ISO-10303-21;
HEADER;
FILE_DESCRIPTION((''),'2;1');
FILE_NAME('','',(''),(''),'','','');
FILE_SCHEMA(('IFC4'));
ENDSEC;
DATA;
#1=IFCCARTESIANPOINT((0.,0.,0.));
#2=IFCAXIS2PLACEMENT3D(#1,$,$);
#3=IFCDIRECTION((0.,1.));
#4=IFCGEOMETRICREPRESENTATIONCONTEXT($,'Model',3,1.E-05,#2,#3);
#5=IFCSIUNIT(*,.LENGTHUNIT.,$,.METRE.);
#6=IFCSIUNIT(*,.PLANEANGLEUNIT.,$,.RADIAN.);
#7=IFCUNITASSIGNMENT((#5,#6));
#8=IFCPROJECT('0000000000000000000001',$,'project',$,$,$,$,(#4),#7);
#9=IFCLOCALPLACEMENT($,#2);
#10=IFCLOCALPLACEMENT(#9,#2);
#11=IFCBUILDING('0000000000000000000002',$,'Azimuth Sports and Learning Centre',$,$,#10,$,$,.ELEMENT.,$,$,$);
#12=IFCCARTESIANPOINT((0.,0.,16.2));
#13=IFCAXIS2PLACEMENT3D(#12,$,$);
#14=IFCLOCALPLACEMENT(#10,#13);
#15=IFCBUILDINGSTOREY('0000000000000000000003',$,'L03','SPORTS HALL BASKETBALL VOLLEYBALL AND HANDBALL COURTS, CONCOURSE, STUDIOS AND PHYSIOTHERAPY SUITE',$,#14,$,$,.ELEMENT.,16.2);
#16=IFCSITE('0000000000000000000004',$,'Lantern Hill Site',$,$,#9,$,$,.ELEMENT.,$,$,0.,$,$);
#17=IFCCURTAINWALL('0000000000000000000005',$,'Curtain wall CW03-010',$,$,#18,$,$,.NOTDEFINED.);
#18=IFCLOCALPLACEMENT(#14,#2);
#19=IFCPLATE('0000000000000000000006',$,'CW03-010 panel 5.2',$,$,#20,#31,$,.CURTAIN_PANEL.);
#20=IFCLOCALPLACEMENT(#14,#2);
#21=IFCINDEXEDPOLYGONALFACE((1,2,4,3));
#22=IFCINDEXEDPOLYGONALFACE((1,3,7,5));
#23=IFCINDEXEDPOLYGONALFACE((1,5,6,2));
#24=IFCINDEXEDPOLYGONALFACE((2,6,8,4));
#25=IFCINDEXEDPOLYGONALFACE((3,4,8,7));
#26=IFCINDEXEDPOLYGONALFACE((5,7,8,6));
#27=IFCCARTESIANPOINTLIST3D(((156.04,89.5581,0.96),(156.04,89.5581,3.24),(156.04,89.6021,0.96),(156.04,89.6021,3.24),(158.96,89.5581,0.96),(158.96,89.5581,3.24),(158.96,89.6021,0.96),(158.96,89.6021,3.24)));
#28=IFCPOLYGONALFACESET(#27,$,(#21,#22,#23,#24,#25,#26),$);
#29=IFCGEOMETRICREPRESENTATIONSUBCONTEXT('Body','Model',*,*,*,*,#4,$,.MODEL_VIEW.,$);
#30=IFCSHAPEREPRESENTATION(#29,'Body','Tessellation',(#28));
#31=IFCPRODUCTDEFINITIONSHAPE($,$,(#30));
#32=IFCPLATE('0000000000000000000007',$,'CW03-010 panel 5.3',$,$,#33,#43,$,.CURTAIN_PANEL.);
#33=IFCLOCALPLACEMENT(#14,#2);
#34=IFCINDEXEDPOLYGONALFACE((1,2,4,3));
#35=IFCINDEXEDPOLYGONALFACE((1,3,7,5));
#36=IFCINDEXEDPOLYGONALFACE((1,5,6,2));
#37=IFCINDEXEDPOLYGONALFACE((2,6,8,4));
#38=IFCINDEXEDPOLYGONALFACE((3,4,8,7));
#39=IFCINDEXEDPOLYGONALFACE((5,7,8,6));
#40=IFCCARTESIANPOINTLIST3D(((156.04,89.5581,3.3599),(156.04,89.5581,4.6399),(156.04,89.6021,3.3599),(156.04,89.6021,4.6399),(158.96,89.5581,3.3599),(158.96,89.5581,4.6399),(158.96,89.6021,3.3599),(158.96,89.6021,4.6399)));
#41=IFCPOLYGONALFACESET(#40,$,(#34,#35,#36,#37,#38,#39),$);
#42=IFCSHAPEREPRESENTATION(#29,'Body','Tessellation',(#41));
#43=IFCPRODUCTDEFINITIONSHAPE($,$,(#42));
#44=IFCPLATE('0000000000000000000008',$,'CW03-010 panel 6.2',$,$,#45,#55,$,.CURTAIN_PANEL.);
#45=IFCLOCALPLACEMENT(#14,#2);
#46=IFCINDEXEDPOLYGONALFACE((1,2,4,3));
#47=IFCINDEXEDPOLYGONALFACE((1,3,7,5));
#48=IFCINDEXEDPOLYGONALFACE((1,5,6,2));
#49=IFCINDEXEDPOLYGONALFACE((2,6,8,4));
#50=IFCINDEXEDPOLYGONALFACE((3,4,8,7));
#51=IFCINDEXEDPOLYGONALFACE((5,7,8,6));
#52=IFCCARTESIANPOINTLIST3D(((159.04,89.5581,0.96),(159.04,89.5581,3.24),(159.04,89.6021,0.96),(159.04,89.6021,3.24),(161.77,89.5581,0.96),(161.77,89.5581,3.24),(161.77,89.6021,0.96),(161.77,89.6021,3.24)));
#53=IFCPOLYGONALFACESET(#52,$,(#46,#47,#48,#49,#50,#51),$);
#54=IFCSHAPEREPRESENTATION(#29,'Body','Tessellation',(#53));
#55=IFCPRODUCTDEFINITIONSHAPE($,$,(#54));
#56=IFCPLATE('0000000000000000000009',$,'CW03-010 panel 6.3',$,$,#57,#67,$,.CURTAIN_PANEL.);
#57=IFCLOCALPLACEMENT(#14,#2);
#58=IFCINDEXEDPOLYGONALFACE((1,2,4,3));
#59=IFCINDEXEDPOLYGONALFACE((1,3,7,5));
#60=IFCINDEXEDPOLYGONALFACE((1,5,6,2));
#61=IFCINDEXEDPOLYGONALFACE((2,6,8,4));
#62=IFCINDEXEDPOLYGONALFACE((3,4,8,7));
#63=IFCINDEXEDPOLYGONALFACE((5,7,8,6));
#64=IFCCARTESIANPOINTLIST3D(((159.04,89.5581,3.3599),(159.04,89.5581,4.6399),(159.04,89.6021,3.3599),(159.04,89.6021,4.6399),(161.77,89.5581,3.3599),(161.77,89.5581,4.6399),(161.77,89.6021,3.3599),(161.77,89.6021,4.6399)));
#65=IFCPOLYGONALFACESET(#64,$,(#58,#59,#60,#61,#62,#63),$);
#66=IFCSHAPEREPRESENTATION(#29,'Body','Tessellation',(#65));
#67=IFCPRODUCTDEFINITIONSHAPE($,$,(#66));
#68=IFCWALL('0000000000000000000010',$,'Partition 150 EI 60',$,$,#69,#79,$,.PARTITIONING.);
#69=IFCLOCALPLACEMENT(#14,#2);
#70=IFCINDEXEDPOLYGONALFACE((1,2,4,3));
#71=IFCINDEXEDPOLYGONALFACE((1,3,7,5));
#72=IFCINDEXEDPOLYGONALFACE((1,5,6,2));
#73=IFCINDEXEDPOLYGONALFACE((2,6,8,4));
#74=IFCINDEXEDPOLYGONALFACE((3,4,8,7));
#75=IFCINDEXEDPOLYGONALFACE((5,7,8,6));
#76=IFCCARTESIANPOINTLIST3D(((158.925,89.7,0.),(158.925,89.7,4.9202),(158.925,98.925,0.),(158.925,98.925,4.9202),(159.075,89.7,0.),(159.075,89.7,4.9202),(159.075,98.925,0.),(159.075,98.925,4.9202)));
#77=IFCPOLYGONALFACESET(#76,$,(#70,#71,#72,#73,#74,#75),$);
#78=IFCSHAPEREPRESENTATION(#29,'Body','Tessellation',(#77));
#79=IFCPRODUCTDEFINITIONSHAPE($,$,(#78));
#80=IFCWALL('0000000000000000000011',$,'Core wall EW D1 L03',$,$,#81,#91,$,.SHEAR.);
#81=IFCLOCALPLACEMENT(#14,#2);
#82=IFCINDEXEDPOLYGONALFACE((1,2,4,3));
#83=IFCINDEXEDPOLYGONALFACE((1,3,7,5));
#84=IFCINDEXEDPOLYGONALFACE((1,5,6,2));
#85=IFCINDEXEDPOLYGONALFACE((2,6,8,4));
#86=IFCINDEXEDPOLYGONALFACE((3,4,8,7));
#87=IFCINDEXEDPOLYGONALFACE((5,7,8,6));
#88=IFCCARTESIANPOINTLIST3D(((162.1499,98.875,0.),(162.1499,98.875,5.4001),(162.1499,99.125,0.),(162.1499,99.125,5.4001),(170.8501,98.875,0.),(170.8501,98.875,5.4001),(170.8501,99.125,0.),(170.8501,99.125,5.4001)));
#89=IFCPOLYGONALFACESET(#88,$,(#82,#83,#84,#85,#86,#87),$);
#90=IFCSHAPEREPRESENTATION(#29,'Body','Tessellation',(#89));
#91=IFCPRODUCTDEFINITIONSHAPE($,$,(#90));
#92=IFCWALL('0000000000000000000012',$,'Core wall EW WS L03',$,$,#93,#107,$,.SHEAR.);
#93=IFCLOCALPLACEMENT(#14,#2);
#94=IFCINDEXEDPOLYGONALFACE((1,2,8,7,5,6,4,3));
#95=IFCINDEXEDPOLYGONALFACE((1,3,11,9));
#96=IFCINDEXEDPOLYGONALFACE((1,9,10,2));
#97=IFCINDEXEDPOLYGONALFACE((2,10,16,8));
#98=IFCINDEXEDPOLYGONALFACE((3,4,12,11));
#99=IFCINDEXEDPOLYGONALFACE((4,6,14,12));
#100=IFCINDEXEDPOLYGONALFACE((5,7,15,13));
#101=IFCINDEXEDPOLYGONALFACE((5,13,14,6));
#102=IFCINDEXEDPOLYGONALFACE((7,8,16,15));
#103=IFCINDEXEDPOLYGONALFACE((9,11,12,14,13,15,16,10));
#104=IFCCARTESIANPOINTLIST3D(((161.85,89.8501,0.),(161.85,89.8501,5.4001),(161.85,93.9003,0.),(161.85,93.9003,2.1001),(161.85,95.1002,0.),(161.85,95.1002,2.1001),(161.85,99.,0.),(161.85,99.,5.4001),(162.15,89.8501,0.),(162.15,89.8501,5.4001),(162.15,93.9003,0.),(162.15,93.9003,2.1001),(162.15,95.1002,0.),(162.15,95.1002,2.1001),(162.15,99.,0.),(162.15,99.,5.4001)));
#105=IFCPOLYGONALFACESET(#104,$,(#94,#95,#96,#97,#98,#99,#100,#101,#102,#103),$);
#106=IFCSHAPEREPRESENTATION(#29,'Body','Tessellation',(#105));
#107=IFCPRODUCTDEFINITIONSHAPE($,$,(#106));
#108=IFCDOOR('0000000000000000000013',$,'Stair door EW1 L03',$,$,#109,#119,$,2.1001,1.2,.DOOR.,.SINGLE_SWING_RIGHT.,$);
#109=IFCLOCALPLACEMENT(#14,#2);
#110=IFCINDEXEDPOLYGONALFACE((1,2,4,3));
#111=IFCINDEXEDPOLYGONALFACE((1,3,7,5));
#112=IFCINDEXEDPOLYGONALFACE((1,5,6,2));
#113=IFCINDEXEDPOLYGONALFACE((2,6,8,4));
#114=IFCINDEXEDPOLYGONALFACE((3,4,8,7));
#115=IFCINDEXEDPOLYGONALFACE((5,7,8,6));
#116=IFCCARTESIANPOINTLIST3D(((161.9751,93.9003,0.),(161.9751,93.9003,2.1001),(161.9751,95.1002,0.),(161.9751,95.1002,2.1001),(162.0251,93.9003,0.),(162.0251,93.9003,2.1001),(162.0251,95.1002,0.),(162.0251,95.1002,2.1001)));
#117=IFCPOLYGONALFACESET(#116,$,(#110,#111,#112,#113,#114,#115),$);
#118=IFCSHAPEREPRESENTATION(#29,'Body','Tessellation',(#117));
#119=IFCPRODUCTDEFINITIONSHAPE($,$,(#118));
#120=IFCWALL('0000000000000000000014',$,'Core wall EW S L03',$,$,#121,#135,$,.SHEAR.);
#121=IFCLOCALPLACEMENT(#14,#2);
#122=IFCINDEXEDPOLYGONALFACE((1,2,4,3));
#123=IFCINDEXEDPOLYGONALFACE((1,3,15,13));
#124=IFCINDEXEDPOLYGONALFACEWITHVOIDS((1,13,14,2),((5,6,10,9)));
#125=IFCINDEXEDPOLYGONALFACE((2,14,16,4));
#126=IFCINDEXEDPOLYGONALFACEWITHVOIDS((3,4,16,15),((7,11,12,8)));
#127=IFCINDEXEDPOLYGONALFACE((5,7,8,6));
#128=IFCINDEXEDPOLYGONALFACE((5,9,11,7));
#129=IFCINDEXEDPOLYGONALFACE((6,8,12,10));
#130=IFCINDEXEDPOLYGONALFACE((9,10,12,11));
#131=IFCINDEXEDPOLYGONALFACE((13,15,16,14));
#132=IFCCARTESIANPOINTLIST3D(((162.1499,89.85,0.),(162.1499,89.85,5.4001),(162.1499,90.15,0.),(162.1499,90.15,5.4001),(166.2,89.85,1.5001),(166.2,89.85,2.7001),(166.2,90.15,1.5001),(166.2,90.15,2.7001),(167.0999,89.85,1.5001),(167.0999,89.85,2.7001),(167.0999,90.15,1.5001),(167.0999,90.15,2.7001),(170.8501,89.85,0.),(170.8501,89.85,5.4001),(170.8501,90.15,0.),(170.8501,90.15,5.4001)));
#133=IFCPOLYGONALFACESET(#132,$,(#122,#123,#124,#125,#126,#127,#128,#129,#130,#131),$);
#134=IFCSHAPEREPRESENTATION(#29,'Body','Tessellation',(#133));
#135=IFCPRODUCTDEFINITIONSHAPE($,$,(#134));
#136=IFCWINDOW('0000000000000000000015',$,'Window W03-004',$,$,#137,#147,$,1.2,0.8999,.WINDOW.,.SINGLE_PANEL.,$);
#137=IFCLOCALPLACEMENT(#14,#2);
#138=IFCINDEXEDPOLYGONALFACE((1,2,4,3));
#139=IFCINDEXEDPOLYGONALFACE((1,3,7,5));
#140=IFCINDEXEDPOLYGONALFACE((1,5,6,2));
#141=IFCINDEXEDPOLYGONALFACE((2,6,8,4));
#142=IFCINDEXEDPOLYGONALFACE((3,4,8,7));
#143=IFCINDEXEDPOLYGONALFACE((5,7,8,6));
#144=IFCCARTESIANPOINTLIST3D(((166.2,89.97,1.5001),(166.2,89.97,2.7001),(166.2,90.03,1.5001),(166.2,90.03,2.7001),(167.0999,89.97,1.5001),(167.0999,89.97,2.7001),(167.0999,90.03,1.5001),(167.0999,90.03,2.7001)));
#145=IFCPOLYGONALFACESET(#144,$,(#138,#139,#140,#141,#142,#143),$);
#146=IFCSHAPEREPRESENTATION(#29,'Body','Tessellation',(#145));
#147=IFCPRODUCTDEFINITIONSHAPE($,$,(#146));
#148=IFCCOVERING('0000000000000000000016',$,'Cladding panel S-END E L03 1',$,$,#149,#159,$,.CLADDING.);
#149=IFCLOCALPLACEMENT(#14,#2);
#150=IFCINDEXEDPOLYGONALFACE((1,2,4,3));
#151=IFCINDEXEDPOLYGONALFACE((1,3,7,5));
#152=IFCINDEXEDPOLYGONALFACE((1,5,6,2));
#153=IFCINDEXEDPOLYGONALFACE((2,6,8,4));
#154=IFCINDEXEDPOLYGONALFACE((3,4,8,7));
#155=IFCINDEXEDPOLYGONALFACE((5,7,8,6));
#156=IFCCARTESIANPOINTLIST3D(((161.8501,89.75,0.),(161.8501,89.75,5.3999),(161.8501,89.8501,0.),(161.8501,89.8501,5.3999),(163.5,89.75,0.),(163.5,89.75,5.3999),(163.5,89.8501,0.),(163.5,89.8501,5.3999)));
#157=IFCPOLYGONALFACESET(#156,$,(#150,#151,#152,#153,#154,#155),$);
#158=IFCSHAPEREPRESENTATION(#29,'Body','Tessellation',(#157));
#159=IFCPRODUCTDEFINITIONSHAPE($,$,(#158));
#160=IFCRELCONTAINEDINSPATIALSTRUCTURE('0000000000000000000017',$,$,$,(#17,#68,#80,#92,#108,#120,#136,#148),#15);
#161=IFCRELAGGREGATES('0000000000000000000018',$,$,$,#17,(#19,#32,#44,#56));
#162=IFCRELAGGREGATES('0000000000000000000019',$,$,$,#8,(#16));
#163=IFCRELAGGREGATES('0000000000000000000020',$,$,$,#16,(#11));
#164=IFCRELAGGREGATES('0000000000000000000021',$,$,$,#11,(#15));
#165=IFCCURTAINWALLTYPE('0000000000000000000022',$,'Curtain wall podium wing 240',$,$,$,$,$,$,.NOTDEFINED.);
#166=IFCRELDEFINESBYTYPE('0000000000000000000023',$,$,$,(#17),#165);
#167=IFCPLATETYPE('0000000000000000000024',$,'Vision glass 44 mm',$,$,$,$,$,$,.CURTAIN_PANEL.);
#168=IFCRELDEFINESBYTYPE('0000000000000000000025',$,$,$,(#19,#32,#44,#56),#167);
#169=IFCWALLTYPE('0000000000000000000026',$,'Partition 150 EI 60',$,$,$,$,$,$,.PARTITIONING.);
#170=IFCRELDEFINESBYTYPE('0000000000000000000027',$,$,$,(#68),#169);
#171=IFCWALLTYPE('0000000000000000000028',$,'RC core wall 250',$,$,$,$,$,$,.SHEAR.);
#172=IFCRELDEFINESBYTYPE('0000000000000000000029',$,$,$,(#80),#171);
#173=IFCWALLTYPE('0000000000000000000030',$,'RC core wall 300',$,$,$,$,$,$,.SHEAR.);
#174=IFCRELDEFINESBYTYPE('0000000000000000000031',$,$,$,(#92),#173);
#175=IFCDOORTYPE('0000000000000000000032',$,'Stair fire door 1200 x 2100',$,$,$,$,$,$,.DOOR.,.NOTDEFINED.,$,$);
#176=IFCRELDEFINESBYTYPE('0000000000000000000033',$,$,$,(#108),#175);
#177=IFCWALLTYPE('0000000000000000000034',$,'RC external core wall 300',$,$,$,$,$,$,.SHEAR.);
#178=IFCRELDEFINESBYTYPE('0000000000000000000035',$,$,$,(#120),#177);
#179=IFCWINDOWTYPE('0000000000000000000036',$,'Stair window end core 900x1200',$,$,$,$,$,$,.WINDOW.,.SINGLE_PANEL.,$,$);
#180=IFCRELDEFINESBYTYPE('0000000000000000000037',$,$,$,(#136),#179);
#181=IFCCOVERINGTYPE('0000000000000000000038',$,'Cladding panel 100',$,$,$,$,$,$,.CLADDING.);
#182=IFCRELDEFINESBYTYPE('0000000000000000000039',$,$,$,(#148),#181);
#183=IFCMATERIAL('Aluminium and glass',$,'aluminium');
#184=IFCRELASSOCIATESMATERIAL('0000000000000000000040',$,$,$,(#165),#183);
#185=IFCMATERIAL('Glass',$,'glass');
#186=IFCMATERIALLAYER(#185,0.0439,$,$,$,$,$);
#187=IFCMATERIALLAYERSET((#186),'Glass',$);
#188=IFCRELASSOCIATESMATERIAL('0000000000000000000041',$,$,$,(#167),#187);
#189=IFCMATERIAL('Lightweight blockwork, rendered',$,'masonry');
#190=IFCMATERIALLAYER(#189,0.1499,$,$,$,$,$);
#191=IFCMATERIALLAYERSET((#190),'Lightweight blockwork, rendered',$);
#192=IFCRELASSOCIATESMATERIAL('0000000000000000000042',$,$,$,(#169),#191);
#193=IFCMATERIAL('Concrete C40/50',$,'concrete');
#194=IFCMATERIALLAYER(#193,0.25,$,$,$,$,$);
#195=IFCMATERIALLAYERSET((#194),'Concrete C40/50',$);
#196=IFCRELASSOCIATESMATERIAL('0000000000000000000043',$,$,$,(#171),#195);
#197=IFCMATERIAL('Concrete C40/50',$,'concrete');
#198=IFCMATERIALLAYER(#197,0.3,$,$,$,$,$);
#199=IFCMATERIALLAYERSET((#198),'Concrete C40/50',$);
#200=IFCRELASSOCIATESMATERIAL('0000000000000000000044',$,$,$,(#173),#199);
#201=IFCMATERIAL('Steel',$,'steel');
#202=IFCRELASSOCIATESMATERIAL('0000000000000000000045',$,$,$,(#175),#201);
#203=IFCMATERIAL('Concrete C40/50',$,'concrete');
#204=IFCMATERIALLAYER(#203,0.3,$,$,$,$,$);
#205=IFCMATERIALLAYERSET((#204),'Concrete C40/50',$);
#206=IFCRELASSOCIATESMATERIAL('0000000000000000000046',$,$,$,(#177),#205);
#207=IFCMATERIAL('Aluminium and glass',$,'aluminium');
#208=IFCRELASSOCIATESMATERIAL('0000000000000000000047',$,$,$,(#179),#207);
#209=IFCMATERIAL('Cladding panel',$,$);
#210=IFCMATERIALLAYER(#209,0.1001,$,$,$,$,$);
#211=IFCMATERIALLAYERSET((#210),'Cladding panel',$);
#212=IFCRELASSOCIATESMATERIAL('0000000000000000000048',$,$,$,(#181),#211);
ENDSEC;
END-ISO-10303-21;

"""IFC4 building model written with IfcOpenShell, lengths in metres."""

from ifc_helpers import new_model, si_unit, direction, frame, frame_2d, origin, origin_2d, place, context, subcontext, project, spatial, rectangle, extrude, material, layer, layer_set, type_object, element, fill, aggregate, save


model = new_model("IFC4")

# Units and contexts
model_context = context("Model", 3, precision=1e-05, world=origin(), true_north=direction((0.0, 1.0)))
body_context = subcontext(model_context, "Body", "Model", "MODEL_VIEW")
ifc_project = project(units=[si_unit("LENGTHUNIT", "METRE"), si_unit("PLANEANGLEUNIT", "RADIAN")], contexts=[model_context])

# Site, building, storey
site_placement = place(None, origin())
site = spatial("IfcSite", under=ifc_project, at=site_placement, Name="Lantern Hill Site", CompositionType="ELEMENT", RefElevation=0.0)
building_placement = place(site_placement, origin())
building = spatial("IfcBuilding", under=site, at=building_placement, Name="Azimuth Sports and Learning Centre", CompositionType="ELEMENT")
storey_placement = place(building_placement, frame((0.0, 0.0, 16.2)))
storey = spatial("IfcBuildingStorey", under=building, at=storey_placement, Name="L03", Description="SPORTS HALL BASKETBALL VOLLEYBALL AND HANDBALL COURTS, CONCOURSE, STUDIOS AND PHYSIOTHERAPY SUITE", CompositionType="ELEMENT", Elevation=16.2)

# Curtain wall, plates
ifc_material_1 = material(Name="Aluminium and glass", Category="aluminium")
curtain_wall_type = type_object("IfcCurtainWallType", Name="Curtain wall podium wing 240", PredefinedType="NOTDEFINED", material=ifc_material_1)
curtain_wall_placement = place(storey_placement, origin())
curtain_wall = element("IfcCurtainWall", 1, at=curtain_wall_placement, inside=storey, type_object=curtain_wall_type, Name="Curtain wall CW03-010", PredefinedType="NOTDEFINED")
ifc_material_2 = material(Name="Glass", Category="glass")
ifc_layer_1 = layer(ifc_material_2, 0.0439)
ifc_layer_set_1 = layer_set([ifc_layer_1], Name="Glass")
plate_type_1 = type_object("IfcPlateType", Name="Vision glass 44 mm", PredefinedType="CURTAIN_PANEL", material=ifc_layer_set_1)
plate_1_placement = place(storey_placement, frame((157.5, 89.5801, 0.96), z_axis=(0.0, 0.0, 1.0), x_axis=(1.0, 0.0, 0.0)))
plate_1 = element("IfcPlate", 2, at=plate_1_placement, type_object=plate_type_1, Name="CW03-010 panel 5.2", PredefinedType="CURTAIN_PANEL", context=body_context, shape_type="SweptSolid", body=[
    extrude(rectangle(XDim=2.9199, YDim=0.0439, at=origin_2d()), origin(), (0.0, 0.0, 1.0), 2.28),
])
plate_2_placement = place(storey_placement, frame((157.5, 89.5801, 3.3599), z_axis=(0.0, 0.0, 1.0), x_axis=(1.0, 0.0, 0.0)))
plate_2 = element("IfcPlate", 3, at=plate_2_placement, type_object=plate_type_1, Name="CW03-010 panel 5.3", PredefinedType="CURTAIN_PANEL", context=body_context, shape_type="SweptSolid", body=[
    extrude(rectangle(XDim=2.9199, YDim=0.0439, at=origin_2d()), origin(), (0.0, 0.0, 1.0), 1.28),
])
plate_3_placement = place(storey_placement, frame((160.405, 89.5801, 0.96), z_axis=(0.0, 0.0, 1.0), x_axis=(1.0, 0.0, 0.0)))
plate_3 = element("IfcPlate", 4, at=plate_3_placement, type_object=plate_type_1, Name="CW03-010 panel 6.2", PredefinedType="CURTAIN_PANEL", context=body_context, shape_type="SweptSolid", body=[
    extrude(rectangle(XDim=2.73, YDim=0.0439, at=origin_2d()), origin(), (0.0, 0.0, 1.0), 2.28),
])
plate_4_placement = place(storey_placement, frame((160.405, 89.5801, 3.3599), z_axis=(0.0, 0.0, 1.0), x_axis=(1.0, 0.0, 0.0)))
plate_4 = element("IfcPlate", 5, at=plate_4_placement, type_object=plate_type_1, Name="CW03-010 panel 6.3", PredefinedType="CURTAIN_PANEL", context=body_context, shape_type="SweptSolid", body=[
    extrude(rectangle(XDim=2.73, YDim=0.0439, at=origin_2d()), origin(), (0.0, 0.0, 1.0), 1.28),
])
aggregate(curtain_wall, [plate_1, plate_2, plate_3, plate_4])

# Walls
ifc_material_3 = material(Name="Lightweight blockwork, rendered", Category="masonry")
ifc_layer_2 = layer(ifc_material_3, 0.1499)
ifc_layer_set_2 = layer_set([ifc_layer_2], Name="Lightweight blockwork, rendered")
wall_type_1 = type_object("IfcWallType", Name="Partition 150 EI 60", PredefinedType="PARTITIONING", material=ifc_layer_set_2)
wall_1_placement = place(storey_placement, frame((159.0, 89.7, 0.0), z_axis=(0.0, 0.0, 1.0), x_axis=(0.0, 1.0, 0.0)))
element("IfcWall", 6, at=wall_1_placement, inside=storey, type_object=wall_type_1, Name="Partition 150 EI 60", PredefinedType="PARTITIONING", context=body_context, shape_type="SweptSolid", body=[
    extrude(rectangle(XDim=9.2251, YDim=0.1499, at=frame_2d((4.6125, 0.0))), origin(), (0.0, 0.0, 1.0), 4.9202),
])
ifc_material_4 = material(Name="Concrete C40/50", Category="concrete")
ifc_layer_3 = layer(ifc_material_4, 0.25)
ifc_layer_set_3 = layer_set([ifc_layer_3], Name="Concrete C40/50")
wall_type_2 = type_object("IfcWallType", Name="RC core wall 250", PredefinedType="SHEAR", material=ifc_layer_set_3)
wall_2_placement = place(storey_placement, frame((162.1499, 99.0, 0.0), z_axis=(0.0, 0.0, 1.0), x_axis=(1.0, 0.0, 0.0)))
element("IfcWall", 7, at=wall_2_placement, inside=storey, type_object=wall_type_2, Name="Core wall EW D1 L03", PredefinedType="SHEAR", context=body_context, shape_type="SweptSolid", body=[
    extrude(rectangle(XDim=8.7002, YDim=0.25, at=frame_2d((4.3501, 0.0))), origin(), (0.0, 0.0, 1.0), 5.4001),
])

# Wall, opening, door
ifc_material_5 = material(Name="Concrete C40/50", Category="concrete")
ifc_layer_4 = layer(ifc_material_5, 0.3)
ifc_layer_set_4 = layer_set([ifc_layer_4], Name="Concrete C40/50")
wall_type_3 = type_object("IfcWallType", Name="RC core wall 300", PredefinedType="SHEAR", material=ifc_layer_set_4)
wall_3_placement = place(storey_placement, frame((162.0, 89.8501, 0.0), z_axis=(0.0, 0.0, 1.0), x_axis=(0.0, 1.0, 0.0)))
wall_3 = element("IfcWall", 8, at=wall_3_placement, inside=storey, type_object=wall_type_3, Name="Core wall EW WS L03", PredefinedType="SHEAR", context=body_context, shape_type="SweptSolid", body=[
    extrude(rectangle(XDim=9.1499, YDim=0.3, at=frame_2d((4.575, 0.0))), origin(), (0.0, 0.0, 1.0), 5.4001),
])
opening_1_placement = place(wall_3_placement, frame((4.05, 0.0, 0.0)))
opening_1 = element("IfcOpeningElement", 9, at=opening_1_placement, cuts=wall_3, PredefinedType="OPENING", context=body_context, shape_type="SweptSolid", body=[
    extrude(rectangle(XDim=1.2, YDim=2.1001, at=frame_2d((0.6001, 1.05))), frame((0.0, 0.1611, 0.0), z_axis=(0.0, -1.0, 0.0), x_axis=(1.0, 0.0, 0.0)), (0.0, 0.0, 1.0), 0.322),
])
ifc_material_6 = material(Name="Steel", Category="steel")
door_type = type_object("IfcDoorType", Name="Stair fire door 1200 x 2100", OperationType="NOTDEFINED", PredefinedType="DOOR", material=ifc_material_6)
door_placement = place(opening_1_placement, origin())
door = element("IfcDoor", 10, at=door_placement, inside=storey, type_object=door_type, Name="Stair door EW1 L03", OperationType="SINGLE_SWING_RIGHT", OverallHeight=2.1001, OverallWidth=1.2, PredefinedType="DOOR", context=body_context, shape_type="SweptSolid", body=[
    extrude(rectangle(XDim=1.2, YDim=2.1001, at=frame_2d((0.6001, 1.05))), frame((0.0, 0.0249, 0.0), z_axis=(0.0, -1.0, 0.0), x_axis=(1.0, 0.0, 0.0)), (0.0, 0.0, 1.0), 0.05),
])
fill(opening_1, door)

# Wall, opening, window
ifc_material_7 = material(Name="Concrete C40/50", Category="concrete")
ifc_layer_5 = layer(ifc_material_7, 0.3)
ifc_layer_set_5 = layer_set([ifc_layer_5], Name="Concrete C40/50")
wall_type_4 = type_object("IfcWallType", Name="RC external core wall 300", PredefinedType="SHEAR", material=ifc_layer_set_5)
wall_4_placement = place(storey_placement, frame((162.1499, 90.0, 0.0), z_axis=(0.0, 0.0, 1.0), x_axis=(1.0, 0.0, 0.0)))
wall_4 = element("IfcWall", 11, at=wall_4_placement, inside=storey, type_object=wall_type_4, Name="Core wall EW S L03", PredefinedType="SHEAR", context=body_context, shape_type="SweptSolid", body=[
    extrude(rectangle(XDim=8.7002, YDim=0.3, at=frame_2d((4.3501, 0.0))), origin(), (0.0, 0.0, 1.0), 5.4001),
])
opening_2_placement = place(wall_4_placement, frame((4.05, 0.0, 1.5)))
opening_2 = element("IfcOpeningElement", 12, at=opening_2_placement, cuts=wall_4, PredefinedType="OPENING", context=body_context, shape_type="SweptSolid", body=[
    extrude(rectangle(XDim=0.8999, YDim=1.2, at=frame_2d((0.45, 0.6001))), frame((0.0, 0.1611, 0.0), z_axis=(0.0, -1.0, 0.0), x_axis=(1.0, 0.0, 0.0)), (0.0, 0.0, 1.0), 0.322),
])
ifc_material_8 = material(Name="Aluminium and glass", Category="aluminium")
window_type = type_object("IfcWindowType", Name="Stair window end core 900x1200", PartitioningType="SINGLE_PANEL", PredefinedType="WINDOW", material=ifc_material_8)
window_placement = place(opening_2_placement, origin())
window = element("IfcWindow", 13, at=window_placement, inside=storey, type_object=window_type, Name="Window W03-004", OverallHeight=1.2, OverallWidth=0.8999, PartitioningType="SINGLE_PANEL", PredefinedType="WINDOW", context=body_context, shape_type="SweptSolid", body=[
    extrude(rectangle(XDim=0.8999, YDim=1.2, at=frame_2d((0.45, 0.6001))), frame((0.0, 0.03, 0.0), z_axis=(0.0, -1.0, 0.0), x_axis=(1.0, 0.0, 0.0)), (0.0, 0.0, 1.0), 0.0601),
])
fill(opening_2, window)

# Covering
ifc_material_9 = material(Name="Cladding panel")
ifc_layer_6 = layer(ifc_material_9, 0.1001)
ifc_layer_set_6 = layer_set([ifc_layer_6], Name="Cladding panel")
covering_type = type_object("IfcCoveringType", Name="Cladding panel 100", PredefinedType="CLADDING", material=ifc_layer_set_6)
covering_placement = place(storey_placement, frame((162.675, 89.8, 0.0), z_axis=(0.0, 0.0, 1.0), x_axis=(1.0, 0.0, 0.0)))
element("IfcCovering", 14, at=covering_placement, inside=storey, type_object=covering_type, Name="Cladding panel S-END E L03 1", PredefinedType="CLADDING", context=body_context, shape_type="SweptSolid", body=[
    extrude(rectangle(XDim=1.6499, YDim=0.1001, at=origin_2d()), origin(), (0.0, 0.0, 1.0), 5.3999),
])

save(model, "model.ifc")
